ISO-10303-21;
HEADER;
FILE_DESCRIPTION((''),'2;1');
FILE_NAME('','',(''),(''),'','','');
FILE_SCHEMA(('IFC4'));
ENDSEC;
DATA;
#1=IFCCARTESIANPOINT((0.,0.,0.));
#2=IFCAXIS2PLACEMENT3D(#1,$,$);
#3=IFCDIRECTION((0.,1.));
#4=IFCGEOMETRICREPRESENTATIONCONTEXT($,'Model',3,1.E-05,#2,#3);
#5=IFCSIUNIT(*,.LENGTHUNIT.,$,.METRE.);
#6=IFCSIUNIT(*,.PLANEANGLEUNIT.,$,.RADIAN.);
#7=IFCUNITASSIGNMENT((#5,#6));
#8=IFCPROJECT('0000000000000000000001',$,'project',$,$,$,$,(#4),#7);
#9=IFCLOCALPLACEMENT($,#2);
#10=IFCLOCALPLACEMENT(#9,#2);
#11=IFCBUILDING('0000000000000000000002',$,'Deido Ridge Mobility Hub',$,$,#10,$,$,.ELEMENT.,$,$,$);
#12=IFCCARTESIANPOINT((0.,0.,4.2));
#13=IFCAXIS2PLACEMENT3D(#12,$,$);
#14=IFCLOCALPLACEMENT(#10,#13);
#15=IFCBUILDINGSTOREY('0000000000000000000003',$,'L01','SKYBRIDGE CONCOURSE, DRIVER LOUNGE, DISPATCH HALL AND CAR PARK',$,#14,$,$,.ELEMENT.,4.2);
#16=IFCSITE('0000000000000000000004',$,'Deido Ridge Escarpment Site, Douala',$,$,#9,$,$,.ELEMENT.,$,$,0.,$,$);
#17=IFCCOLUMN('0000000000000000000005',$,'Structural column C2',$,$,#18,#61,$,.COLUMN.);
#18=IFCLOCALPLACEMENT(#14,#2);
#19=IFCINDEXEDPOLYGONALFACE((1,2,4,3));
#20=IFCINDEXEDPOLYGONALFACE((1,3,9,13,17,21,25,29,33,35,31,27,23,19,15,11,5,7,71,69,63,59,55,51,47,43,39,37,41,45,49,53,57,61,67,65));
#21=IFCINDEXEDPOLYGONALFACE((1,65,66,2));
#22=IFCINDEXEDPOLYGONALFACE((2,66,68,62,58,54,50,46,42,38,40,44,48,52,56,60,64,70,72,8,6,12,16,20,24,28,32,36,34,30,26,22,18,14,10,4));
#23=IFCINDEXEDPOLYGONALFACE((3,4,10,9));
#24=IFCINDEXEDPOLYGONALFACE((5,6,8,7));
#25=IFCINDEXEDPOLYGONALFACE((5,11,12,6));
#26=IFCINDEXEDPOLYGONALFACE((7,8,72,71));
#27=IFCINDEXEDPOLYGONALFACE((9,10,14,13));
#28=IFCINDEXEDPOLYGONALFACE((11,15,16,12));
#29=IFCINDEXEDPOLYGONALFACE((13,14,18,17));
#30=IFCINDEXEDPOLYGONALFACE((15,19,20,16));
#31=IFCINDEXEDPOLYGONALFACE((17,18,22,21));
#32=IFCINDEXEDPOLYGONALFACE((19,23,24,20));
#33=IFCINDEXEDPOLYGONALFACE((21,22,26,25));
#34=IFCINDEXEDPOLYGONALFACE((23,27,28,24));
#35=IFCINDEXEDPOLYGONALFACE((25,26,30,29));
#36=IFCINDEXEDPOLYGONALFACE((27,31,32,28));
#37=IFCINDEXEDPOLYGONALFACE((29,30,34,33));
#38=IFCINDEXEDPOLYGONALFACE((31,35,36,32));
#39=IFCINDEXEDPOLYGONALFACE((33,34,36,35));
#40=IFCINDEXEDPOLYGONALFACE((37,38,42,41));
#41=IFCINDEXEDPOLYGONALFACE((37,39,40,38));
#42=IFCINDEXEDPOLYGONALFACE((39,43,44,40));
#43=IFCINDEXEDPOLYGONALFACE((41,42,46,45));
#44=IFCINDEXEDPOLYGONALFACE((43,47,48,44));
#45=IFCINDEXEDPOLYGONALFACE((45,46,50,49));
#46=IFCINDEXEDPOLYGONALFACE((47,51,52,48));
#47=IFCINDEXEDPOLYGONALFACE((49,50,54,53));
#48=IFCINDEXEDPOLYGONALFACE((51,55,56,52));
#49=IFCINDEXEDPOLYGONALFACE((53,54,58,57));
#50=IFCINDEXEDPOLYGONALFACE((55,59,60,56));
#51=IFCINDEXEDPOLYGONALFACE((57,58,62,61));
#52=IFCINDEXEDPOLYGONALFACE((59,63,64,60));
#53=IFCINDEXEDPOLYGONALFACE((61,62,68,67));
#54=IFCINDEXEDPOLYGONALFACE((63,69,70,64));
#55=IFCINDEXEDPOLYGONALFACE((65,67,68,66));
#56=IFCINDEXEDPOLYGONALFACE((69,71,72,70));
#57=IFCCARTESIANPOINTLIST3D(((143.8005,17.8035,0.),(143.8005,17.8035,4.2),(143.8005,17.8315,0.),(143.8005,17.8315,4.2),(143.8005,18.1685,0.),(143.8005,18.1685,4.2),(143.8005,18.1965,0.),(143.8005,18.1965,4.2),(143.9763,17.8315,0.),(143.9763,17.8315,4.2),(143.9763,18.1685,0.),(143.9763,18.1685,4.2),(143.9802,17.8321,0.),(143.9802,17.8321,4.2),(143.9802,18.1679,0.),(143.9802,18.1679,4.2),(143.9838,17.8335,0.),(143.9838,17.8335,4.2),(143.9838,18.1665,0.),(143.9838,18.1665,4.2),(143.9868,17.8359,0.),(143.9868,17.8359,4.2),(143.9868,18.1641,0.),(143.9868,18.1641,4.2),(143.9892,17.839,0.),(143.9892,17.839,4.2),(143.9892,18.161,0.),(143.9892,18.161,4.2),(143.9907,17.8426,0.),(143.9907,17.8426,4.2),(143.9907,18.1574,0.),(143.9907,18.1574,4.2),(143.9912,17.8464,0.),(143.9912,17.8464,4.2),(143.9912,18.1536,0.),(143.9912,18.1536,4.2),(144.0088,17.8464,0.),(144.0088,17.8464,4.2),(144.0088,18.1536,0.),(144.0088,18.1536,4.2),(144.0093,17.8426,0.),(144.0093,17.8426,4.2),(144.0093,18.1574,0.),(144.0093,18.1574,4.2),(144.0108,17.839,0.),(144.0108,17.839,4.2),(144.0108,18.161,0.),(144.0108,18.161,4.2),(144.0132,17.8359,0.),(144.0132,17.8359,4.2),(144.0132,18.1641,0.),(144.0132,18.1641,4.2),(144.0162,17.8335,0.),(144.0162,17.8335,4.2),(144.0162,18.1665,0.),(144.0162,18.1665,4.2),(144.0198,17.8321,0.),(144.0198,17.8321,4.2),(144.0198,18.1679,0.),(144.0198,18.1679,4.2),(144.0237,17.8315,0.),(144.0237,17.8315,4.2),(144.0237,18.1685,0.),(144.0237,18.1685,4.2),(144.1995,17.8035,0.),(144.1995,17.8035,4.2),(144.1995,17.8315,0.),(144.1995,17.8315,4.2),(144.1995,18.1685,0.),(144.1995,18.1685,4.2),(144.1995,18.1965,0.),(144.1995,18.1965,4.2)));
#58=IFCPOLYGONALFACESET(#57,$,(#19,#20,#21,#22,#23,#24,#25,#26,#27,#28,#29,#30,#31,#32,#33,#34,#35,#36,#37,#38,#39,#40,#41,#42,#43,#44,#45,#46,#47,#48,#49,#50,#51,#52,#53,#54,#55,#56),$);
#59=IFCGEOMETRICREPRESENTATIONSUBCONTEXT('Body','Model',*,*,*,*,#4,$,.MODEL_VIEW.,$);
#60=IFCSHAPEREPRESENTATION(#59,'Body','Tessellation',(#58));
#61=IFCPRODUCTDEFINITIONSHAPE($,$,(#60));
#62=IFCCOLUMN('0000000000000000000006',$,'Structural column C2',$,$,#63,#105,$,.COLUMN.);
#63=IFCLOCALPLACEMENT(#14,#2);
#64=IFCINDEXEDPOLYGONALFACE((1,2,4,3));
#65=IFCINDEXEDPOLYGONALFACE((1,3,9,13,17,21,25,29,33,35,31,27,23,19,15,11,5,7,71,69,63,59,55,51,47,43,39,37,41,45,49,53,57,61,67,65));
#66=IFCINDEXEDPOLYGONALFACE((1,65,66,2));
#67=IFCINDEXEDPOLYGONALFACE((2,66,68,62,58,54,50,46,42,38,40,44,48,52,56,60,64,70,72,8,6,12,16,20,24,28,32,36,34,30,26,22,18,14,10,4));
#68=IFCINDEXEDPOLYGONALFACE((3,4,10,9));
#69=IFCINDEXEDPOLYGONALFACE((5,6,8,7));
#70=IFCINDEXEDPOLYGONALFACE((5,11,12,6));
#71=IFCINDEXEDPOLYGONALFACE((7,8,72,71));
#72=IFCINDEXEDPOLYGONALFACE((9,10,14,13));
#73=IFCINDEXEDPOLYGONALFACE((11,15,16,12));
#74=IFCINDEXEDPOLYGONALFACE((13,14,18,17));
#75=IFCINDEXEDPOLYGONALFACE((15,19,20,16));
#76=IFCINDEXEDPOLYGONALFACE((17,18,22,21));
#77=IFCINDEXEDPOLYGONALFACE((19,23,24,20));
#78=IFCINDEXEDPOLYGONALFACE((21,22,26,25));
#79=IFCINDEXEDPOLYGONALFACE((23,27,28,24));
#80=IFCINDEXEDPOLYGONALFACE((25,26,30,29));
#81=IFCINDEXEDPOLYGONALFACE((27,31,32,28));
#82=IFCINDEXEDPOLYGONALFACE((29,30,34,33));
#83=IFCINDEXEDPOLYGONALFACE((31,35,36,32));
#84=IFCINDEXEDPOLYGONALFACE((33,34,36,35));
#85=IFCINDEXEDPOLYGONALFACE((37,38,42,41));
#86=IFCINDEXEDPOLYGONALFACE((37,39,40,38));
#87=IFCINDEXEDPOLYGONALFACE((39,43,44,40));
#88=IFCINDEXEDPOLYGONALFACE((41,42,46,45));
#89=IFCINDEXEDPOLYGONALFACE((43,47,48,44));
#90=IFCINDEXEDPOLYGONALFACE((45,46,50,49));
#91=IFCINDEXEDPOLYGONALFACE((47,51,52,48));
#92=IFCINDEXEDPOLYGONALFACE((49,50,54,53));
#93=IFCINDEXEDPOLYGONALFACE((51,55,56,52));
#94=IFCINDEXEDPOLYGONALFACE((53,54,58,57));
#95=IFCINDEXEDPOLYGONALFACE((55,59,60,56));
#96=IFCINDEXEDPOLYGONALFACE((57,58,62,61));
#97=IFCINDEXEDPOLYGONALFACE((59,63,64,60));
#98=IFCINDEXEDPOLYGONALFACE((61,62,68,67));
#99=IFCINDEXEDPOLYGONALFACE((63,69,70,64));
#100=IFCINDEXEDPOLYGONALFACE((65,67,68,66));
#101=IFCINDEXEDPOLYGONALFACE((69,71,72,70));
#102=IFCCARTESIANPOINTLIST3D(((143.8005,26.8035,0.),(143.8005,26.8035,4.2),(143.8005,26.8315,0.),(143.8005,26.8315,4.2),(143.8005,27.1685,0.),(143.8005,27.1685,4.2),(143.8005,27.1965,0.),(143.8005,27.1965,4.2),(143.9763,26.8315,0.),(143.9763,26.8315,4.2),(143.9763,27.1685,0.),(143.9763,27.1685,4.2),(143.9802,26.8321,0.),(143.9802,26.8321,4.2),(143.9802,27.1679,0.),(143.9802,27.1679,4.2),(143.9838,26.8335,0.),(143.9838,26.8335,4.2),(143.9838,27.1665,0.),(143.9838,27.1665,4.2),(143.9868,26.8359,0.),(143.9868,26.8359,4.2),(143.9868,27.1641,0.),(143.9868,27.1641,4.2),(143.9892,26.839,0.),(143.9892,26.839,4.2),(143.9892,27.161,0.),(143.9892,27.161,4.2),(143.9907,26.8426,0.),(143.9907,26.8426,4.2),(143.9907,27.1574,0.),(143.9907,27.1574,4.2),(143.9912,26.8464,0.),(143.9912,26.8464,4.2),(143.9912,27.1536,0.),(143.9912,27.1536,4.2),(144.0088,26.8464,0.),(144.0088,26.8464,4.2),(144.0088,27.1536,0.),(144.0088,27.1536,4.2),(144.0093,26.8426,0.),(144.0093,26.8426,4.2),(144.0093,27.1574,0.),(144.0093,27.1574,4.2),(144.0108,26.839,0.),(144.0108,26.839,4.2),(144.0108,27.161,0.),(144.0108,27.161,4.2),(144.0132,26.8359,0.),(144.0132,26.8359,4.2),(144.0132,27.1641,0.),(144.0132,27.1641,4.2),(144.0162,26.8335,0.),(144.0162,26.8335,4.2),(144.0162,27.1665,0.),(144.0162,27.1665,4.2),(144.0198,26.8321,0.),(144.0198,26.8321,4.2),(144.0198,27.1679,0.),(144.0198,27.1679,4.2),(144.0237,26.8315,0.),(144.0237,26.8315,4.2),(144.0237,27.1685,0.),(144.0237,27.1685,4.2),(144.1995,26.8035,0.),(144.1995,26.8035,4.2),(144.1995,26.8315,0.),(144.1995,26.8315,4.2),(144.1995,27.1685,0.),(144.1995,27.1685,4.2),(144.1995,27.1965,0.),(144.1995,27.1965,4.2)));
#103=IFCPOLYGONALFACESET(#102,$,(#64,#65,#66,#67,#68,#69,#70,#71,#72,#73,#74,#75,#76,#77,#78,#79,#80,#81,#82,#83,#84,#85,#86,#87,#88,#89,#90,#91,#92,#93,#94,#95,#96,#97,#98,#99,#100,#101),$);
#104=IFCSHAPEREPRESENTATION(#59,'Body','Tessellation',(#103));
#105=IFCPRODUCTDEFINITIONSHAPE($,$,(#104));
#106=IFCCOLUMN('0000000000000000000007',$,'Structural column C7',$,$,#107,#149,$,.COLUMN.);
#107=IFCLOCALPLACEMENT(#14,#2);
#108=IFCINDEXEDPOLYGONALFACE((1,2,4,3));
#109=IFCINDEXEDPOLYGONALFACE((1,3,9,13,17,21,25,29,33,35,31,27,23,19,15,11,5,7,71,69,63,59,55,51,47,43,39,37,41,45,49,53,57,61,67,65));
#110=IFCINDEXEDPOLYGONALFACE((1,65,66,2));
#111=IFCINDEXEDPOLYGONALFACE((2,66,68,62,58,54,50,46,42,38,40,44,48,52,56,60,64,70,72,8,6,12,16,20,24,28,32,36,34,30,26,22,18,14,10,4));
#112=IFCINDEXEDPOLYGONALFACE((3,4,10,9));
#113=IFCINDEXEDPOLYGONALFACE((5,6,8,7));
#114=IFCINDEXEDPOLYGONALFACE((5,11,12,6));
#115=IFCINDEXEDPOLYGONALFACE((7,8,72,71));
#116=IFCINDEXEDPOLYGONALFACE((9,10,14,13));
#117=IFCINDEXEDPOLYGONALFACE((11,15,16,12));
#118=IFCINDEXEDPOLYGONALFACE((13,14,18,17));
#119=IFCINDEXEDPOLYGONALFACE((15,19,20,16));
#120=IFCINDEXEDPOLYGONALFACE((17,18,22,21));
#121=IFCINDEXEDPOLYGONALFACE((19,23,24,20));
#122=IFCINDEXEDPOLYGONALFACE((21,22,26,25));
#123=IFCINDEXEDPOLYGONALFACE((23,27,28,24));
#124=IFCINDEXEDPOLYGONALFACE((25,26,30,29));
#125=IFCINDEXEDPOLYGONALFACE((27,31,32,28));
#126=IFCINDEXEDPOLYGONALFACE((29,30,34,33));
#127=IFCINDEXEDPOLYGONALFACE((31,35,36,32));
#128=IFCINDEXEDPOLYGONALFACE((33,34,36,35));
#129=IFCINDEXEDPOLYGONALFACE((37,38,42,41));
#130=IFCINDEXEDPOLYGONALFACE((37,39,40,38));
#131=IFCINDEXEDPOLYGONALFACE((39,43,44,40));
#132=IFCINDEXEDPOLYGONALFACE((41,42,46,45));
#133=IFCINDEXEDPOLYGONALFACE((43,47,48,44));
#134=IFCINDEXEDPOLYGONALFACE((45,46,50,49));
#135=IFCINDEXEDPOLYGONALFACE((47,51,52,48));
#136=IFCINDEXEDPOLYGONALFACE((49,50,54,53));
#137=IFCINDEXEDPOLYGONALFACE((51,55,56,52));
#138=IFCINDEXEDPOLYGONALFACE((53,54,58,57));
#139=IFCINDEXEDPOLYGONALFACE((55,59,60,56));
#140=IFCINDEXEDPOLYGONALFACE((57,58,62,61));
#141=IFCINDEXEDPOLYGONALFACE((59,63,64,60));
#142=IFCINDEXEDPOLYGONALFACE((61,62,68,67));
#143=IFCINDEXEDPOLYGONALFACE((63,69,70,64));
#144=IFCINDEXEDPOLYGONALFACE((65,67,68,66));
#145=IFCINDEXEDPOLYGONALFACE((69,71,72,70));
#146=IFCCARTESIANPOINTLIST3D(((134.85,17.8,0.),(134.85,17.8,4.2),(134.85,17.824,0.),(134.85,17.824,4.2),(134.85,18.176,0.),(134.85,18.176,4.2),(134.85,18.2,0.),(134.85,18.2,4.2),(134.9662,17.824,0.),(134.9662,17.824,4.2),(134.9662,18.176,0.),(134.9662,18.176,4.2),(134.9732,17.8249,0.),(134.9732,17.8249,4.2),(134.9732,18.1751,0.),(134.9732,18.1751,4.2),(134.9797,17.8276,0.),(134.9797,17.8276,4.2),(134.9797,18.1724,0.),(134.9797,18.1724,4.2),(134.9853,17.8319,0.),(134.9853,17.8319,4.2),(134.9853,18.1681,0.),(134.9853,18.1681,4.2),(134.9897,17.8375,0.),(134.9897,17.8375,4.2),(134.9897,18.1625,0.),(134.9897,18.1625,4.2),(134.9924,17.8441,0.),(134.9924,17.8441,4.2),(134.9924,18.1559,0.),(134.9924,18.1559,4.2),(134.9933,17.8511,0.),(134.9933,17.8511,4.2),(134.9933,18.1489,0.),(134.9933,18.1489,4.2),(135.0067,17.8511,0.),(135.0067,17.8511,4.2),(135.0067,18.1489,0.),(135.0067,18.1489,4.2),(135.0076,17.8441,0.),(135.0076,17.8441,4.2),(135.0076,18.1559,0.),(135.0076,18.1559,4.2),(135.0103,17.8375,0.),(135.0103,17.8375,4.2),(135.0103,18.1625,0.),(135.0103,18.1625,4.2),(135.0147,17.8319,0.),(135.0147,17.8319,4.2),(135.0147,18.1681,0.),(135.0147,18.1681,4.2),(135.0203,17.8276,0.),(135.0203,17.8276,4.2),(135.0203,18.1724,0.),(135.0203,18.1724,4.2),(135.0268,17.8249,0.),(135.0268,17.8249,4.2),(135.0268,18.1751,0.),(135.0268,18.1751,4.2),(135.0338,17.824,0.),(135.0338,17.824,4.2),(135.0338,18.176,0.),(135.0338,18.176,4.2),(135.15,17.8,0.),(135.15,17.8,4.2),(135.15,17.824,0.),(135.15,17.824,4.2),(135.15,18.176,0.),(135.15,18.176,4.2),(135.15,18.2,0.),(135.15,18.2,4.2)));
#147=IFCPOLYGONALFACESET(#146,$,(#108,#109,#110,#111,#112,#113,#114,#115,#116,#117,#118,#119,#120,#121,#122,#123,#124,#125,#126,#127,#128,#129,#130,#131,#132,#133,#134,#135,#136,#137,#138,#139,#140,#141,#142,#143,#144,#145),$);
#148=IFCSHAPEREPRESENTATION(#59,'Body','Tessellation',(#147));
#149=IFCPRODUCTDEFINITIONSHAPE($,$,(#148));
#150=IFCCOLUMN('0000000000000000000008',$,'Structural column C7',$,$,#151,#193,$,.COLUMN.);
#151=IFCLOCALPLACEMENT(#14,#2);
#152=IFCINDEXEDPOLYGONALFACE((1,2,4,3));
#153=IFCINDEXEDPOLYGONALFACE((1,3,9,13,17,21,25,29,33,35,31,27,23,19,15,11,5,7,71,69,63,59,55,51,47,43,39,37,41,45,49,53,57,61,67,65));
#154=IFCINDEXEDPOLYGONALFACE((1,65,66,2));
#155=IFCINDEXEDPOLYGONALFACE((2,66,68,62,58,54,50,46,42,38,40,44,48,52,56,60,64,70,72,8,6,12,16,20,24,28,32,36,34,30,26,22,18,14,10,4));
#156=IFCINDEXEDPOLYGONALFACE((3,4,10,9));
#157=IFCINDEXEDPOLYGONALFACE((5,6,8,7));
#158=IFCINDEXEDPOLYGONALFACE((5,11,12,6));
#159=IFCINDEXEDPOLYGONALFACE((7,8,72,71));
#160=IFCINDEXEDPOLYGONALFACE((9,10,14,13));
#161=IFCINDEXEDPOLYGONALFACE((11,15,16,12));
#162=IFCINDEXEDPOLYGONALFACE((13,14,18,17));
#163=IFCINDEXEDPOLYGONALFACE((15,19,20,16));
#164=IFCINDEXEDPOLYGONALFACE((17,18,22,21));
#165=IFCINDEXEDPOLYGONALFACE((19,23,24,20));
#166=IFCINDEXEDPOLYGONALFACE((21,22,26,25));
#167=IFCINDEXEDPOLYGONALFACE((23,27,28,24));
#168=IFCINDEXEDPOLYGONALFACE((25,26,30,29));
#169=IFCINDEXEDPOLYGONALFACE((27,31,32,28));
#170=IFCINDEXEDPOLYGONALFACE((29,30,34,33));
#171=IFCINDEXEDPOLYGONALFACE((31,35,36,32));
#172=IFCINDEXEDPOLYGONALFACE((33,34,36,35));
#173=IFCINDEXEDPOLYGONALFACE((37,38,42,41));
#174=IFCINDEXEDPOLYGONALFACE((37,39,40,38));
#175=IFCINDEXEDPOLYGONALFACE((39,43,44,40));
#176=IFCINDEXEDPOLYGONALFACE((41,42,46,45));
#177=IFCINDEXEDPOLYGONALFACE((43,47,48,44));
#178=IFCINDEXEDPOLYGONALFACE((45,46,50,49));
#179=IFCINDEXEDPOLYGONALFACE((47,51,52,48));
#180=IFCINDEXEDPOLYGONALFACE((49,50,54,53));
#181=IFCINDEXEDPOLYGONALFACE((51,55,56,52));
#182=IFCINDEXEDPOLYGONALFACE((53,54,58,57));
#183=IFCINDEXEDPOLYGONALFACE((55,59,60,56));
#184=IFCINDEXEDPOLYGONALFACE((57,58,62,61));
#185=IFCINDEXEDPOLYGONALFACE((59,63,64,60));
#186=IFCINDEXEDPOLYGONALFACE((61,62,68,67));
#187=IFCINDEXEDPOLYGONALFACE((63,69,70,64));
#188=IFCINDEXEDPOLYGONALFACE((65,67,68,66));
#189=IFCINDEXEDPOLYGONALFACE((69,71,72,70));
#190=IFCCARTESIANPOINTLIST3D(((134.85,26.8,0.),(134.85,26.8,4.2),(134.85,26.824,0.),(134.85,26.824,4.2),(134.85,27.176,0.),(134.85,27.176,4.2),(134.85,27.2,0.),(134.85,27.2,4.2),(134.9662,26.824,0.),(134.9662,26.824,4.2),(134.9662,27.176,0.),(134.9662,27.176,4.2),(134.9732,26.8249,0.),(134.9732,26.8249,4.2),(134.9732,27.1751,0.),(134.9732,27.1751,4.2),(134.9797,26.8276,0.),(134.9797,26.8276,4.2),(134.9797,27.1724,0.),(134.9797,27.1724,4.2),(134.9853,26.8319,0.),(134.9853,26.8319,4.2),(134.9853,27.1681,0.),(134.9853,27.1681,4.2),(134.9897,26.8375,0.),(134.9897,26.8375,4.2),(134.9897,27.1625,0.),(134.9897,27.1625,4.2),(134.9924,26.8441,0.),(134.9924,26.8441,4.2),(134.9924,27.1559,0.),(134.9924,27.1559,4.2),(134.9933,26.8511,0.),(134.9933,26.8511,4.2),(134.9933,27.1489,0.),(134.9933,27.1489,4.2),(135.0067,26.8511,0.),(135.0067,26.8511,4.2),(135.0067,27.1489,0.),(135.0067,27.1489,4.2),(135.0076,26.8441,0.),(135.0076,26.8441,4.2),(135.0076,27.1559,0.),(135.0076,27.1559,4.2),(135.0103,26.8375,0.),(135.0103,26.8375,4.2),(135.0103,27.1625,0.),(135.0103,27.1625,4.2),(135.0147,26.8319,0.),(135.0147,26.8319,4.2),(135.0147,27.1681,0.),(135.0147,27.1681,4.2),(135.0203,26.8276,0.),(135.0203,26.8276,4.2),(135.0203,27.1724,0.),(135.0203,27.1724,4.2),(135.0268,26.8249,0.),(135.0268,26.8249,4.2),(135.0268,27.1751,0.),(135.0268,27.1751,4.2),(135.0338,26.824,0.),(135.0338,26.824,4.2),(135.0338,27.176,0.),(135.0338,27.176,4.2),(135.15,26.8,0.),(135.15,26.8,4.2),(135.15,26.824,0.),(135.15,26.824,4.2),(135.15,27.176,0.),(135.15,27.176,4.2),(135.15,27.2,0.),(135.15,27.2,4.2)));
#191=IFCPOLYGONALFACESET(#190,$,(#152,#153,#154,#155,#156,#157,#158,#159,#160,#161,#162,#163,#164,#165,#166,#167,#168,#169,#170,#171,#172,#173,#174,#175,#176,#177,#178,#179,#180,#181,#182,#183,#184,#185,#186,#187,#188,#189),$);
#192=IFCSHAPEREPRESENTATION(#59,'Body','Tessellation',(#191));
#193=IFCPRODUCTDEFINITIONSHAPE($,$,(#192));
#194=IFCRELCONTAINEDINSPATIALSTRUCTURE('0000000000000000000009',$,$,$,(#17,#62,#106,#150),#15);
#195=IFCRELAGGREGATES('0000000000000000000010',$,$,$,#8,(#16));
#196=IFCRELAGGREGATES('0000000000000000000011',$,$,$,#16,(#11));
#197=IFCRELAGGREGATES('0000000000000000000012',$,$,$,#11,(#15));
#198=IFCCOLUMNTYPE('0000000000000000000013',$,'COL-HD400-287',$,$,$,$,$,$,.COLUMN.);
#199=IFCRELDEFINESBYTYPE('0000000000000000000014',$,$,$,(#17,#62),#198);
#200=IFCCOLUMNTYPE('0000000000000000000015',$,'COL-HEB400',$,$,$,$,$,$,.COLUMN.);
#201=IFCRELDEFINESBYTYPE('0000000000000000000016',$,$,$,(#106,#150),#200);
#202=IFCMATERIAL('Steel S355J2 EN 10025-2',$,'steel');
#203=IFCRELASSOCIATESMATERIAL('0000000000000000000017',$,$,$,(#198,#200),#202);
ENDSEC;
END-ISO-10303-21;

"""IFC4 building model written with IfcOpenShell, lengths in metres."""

from ifc_helpers import new_model, si_unit, direction, frame, origin, origin_2d, place, context, subcontext, project, spatial, i_section, extrude, material, material_profile, profile_set, type_object, element, save


model = new_model("IFC4")

# Units and contexts
model_context = context("Model", 3, precision=1e-05, world=origin(), true_north=direction((0.0, 1.0)))
body_context = subcontext(model_context, "Body", "Model", "MODEL_VIEW")
ifc_project = project(units=[si_unit("LENGTHUNIT", "METRE"), si_unit("PLANEANGLEUNIT", "RADIAN")], contexts=[model_context])

# Site, building, storey
site_placement = place(None, origin())
site = spatial("IfcSite", under=ifc_project, at=site_placement, Name="Deido Ridge Escarpment Site, Douala", CompositionType="ELEMENT", RefElevation=0.0)
building_placement = place(site_placement, origin())
building = spatial("IfcBuilding", under=site, at=building_placement, Name="Deido Ridge Mobility Hub", CompositionType="ELEMENT")
storey_placement = place(building_placement, frame((0.0, 0.0, 4.2)))
storey = spatial("IfcBuildingStorey", under=building, at=storey_placement, Name="L01", Description="SKYBRIDGE CONCOURSE, DRIVER LOUNGE, DISPATCH HALL AND CAR PARK", CompositionType="ELEMENT", Elevation=4.2)

# Columns
ifc_material_1 = material(Name="Steel S355J2 EN 10025-2", Category="steel")
ifc_material_profile_1 = material_profile(ifc_material_1, i_section(OverallWidth=0.3989, OverallDepth=0.3931, WebThickness=0.0176, FlangeThickness=0.0281, FilletRadius=0.0149, at=origin_2d()), Name="HD 400x287")
ifc_profile_set_1 = profile_set([ifc_material_profile_1], Name="Steel S355J2 EN 10025-2")
column_type_1 = type_object("IfcColumnType", Name="COL-HD400-287", PredefinedType="COLUMN", material=ifc_profile_set_1)
for number, where, z_axis, x_axis, name in (
    (1, (144.0, 18.0, 0.0), (0.0, 0.0, 1.0), (1.0, 0.0, 0.0), "Structural column C2"),
    (2, (144.0, 27.0, 0.0), (0.0, 0.0, 1.0), (1.0, 0.0, 0.0), "Structural column C2"),
):
    element("IfcColumn", number, at=place(storey_placement, frame(where, z_axis=z_axis, x_axis=x_axis)), inside=storey, type_object=column_type_1, Name=name, PredefinedType="COLUMN", context=body_context, shape_type="SweptSolid", body=[
        extrude(i_section(OverallWidth=0.3989, OverallDepth=0.3931, WebThickness=0.0176, FlangeThickness=0.0281, FilletRadius=0.0149, at=origin_2d()), origin(), (0.0, 0.0, 1.0), 4.2),
    ])
ifc_material_profile_2 = material_profile(ifc_material_1, i_section(OverallWidth=0.3, OverallDepth=0.3999, WebThickness=0.0134, FlangeThickness=0.0239, FilletRadius=0.0271, at=origin_2d()), Name="HEB 400")
ifc_profile_set_2 = profile_set([ifc_material_profile_2], Name="Steel S355J2 EN 10025-2")
column_type_2 = type_object("IfcColumnType", Name="COL-HEB400", PredefinedType="COLUMN", material=ifc_profile_set_2)
for number, where, z_axis, x_axis, name in (
    (3, (135.0, 18.0, 0.0), (0.0, 0.0, 1.0), (1.0, 0.0, 0.0), "Structural column C7"),
    (4, (135.0, 27.0, 0.0), (0.0, 0.0, 1.0), (1.0, 0.0, 0.0), "Structural column C7"),
):
    element("IfcColumn", number, at=place(storey_placement, frame(where, z_axis=z_axis, x_axis=x_axis)), inside=storey, type_object=column_type_2, Name=name, PredefinedType="COLUMN", context=body_context, shape_type="SweptSolid", body=[
        extrude(i_section(OverallWidth=0.3, OverallDepth=0.3999, WebThickness=0.0134, FlangeThickness=0.0239, FilletRadius=0.0271, at=origin_2d()), origin(), (0.0, 0.0, 1.0), 4.2),
    ])

save(model, "model.ifc")
